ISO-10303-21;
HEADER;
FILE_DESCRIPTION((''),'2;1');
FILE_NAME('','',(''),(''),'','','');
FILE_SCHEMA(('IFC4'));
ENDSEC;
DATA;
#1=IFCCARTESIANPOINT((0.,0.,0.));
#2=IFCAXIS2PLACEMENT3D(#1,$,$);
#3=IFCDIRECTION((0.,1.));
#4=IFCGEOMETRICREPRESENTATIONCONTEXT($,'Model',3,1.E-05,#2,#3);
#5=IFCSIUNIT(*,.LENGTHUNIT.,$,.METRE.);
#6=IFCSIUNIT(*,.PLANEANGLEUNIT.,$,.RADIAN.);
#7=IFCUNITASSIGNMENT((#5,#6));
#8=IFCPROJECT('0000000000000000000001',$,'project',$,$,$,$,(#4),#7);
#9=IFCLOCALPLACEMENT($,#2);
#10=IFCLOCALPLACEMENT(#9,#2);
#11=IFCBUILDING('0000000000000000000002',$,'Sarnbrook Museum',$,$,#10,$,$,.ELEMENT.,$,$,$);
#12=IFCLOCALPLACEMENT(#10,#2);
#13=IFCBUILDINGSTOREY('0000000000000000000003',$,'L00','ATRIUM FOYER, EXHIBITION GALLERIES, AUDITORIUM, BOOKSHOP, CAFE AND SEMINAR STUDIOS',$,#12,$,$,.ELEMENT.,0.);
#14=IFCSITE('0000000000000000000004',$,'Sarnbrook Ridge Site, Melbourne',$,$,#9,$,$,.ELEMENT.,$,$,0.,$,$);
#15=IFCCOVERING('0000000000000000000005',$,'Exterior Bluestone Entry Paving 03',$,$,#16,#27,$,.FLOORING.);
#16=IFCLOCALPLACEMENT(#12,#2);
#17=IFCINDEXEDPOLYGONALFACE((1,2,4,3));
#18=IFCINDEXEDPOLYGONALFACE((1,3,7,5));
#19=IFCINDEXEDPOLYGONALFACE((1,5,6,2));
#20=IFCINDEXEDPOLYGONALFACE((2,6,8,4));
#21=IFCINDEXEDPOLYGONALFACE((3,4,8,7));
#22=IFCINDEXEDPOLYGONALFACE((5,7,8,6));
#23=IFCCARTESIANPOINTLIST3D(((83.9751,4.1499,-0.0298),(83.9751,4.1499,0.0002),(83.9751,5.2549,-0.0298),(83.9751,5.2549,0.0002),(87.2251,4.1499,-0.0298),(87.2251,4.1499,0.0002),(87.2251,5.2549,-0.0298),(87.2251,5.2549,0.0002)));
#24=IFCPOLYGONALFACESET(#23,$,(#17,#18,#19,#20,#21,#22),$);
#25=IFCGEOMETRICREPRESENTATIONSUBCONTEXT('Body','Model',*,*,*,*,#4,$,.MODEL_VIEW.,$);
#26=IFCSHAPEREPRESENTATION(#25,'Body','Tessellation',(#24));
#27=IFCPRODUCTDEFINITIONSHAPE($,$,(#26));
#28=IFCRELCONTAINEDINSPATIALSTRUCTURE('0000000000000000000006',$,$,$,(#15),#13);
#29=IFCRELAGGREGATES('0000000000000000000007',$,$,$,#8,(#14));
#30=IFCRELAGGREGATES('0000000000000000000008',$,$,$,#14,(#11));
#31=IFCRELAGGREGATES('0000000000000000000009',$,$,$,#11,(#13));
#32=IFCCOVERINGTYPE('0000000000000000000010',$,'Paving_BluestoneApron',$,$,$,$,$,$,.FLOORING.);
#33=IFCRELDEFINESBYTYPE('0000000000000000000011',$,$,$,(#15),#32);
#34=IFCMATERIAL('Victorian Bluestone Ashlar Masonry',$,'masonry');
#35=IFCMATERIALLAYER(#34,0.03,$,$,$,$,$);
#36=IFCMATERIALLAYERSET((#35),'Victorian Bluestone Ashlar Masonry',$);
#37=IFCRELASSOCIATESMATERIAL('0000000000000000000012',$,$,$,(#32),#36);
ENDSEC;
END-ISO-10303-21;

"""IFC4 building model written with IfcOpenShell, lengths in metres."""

from ifc_helpers import new_model, si_unit, direction, frame, origin, origin_2d, place, context, subcontext, project, spatial, rectangle, extrude, material, layer, layer_set, type_object, element, save


model = new_model("IFC4")

# Units and contexts
model_context = context("Model", 3, precision=1e-05, world=origin(), true_north=direction((0.0, 1.0)))
body_context = subcontext(model_context, "Body", "Model", "MODEL_VIEW")
ifc_project = project(units=[si_unit("LENGTHUNIT", "METRE"), si_unit("PLANEANGLEUNIT", "RADIAN")], contexts=[model_context])

# Site, building, storey
site_placement = place(None, origin())
site = spatial("IfcSite", under=ifc_project, at=site_placement, Name="Sarnbrook Ridge Site, Melbourne", CompositionType="ELEMENT", RefElevation=0.0)
building_placement = place(site_placement, origin())
building = spatial("IfcBuilding", under=site, at=building_placement, Name="Sarnbrook Museum", CompositionType="ELEMENT")
storey_placement = place(building_placement, origin())
storey = spatial("IfcBuildingStorey", under=building, at=storey_placement, Name="L00", Description="ATRIUM FOYER, EXHIBITION GALLERIES, AUDITORIUM, BOOKSHOP, CAFE AND SEMINAR STUDIOS", CompositionType="ELEMENT", Elevation=0.0)

# Covering
ifc_material_1 = material(Name="Victorian Bluestone Ashlar Masonry", Category="masonry")
ifc_layer_1 = layer(ifc_material_1, 0.03)
ifc_layer_set_1 = layer_set([ifc_layer_1], Name="Victorian Bluestone Ashlar Masonry")
covering_type_1 = type_object("IfcCoveringType", Name="Paving_BluestoneApron", PredefinedType="FLOORING", material=ifc_layer_set_1)
covering_1_placement = place(storey_placement, frame((85.6001, 4.7024, -0.0298), z_axis=(0.0, 0.0, 1.0), x_axis=(1.0, 0.0, 0.0)))
element("IfcCovering", 1, at=covering_1_placement, inside=storey, type_object=covering_type_1, Name="Exterior Bluestone Entry Paving 03", PredefinedType="FLOORING", context=body_context, shape_type="SweptSolid", body=[
    extrude(rectangle(XDim=3.25, YDim=1.105, at=origin_2d()), origin(), (0.0, 0.0, 1.0), 0.03),
])

save(model, "model.ifc")
